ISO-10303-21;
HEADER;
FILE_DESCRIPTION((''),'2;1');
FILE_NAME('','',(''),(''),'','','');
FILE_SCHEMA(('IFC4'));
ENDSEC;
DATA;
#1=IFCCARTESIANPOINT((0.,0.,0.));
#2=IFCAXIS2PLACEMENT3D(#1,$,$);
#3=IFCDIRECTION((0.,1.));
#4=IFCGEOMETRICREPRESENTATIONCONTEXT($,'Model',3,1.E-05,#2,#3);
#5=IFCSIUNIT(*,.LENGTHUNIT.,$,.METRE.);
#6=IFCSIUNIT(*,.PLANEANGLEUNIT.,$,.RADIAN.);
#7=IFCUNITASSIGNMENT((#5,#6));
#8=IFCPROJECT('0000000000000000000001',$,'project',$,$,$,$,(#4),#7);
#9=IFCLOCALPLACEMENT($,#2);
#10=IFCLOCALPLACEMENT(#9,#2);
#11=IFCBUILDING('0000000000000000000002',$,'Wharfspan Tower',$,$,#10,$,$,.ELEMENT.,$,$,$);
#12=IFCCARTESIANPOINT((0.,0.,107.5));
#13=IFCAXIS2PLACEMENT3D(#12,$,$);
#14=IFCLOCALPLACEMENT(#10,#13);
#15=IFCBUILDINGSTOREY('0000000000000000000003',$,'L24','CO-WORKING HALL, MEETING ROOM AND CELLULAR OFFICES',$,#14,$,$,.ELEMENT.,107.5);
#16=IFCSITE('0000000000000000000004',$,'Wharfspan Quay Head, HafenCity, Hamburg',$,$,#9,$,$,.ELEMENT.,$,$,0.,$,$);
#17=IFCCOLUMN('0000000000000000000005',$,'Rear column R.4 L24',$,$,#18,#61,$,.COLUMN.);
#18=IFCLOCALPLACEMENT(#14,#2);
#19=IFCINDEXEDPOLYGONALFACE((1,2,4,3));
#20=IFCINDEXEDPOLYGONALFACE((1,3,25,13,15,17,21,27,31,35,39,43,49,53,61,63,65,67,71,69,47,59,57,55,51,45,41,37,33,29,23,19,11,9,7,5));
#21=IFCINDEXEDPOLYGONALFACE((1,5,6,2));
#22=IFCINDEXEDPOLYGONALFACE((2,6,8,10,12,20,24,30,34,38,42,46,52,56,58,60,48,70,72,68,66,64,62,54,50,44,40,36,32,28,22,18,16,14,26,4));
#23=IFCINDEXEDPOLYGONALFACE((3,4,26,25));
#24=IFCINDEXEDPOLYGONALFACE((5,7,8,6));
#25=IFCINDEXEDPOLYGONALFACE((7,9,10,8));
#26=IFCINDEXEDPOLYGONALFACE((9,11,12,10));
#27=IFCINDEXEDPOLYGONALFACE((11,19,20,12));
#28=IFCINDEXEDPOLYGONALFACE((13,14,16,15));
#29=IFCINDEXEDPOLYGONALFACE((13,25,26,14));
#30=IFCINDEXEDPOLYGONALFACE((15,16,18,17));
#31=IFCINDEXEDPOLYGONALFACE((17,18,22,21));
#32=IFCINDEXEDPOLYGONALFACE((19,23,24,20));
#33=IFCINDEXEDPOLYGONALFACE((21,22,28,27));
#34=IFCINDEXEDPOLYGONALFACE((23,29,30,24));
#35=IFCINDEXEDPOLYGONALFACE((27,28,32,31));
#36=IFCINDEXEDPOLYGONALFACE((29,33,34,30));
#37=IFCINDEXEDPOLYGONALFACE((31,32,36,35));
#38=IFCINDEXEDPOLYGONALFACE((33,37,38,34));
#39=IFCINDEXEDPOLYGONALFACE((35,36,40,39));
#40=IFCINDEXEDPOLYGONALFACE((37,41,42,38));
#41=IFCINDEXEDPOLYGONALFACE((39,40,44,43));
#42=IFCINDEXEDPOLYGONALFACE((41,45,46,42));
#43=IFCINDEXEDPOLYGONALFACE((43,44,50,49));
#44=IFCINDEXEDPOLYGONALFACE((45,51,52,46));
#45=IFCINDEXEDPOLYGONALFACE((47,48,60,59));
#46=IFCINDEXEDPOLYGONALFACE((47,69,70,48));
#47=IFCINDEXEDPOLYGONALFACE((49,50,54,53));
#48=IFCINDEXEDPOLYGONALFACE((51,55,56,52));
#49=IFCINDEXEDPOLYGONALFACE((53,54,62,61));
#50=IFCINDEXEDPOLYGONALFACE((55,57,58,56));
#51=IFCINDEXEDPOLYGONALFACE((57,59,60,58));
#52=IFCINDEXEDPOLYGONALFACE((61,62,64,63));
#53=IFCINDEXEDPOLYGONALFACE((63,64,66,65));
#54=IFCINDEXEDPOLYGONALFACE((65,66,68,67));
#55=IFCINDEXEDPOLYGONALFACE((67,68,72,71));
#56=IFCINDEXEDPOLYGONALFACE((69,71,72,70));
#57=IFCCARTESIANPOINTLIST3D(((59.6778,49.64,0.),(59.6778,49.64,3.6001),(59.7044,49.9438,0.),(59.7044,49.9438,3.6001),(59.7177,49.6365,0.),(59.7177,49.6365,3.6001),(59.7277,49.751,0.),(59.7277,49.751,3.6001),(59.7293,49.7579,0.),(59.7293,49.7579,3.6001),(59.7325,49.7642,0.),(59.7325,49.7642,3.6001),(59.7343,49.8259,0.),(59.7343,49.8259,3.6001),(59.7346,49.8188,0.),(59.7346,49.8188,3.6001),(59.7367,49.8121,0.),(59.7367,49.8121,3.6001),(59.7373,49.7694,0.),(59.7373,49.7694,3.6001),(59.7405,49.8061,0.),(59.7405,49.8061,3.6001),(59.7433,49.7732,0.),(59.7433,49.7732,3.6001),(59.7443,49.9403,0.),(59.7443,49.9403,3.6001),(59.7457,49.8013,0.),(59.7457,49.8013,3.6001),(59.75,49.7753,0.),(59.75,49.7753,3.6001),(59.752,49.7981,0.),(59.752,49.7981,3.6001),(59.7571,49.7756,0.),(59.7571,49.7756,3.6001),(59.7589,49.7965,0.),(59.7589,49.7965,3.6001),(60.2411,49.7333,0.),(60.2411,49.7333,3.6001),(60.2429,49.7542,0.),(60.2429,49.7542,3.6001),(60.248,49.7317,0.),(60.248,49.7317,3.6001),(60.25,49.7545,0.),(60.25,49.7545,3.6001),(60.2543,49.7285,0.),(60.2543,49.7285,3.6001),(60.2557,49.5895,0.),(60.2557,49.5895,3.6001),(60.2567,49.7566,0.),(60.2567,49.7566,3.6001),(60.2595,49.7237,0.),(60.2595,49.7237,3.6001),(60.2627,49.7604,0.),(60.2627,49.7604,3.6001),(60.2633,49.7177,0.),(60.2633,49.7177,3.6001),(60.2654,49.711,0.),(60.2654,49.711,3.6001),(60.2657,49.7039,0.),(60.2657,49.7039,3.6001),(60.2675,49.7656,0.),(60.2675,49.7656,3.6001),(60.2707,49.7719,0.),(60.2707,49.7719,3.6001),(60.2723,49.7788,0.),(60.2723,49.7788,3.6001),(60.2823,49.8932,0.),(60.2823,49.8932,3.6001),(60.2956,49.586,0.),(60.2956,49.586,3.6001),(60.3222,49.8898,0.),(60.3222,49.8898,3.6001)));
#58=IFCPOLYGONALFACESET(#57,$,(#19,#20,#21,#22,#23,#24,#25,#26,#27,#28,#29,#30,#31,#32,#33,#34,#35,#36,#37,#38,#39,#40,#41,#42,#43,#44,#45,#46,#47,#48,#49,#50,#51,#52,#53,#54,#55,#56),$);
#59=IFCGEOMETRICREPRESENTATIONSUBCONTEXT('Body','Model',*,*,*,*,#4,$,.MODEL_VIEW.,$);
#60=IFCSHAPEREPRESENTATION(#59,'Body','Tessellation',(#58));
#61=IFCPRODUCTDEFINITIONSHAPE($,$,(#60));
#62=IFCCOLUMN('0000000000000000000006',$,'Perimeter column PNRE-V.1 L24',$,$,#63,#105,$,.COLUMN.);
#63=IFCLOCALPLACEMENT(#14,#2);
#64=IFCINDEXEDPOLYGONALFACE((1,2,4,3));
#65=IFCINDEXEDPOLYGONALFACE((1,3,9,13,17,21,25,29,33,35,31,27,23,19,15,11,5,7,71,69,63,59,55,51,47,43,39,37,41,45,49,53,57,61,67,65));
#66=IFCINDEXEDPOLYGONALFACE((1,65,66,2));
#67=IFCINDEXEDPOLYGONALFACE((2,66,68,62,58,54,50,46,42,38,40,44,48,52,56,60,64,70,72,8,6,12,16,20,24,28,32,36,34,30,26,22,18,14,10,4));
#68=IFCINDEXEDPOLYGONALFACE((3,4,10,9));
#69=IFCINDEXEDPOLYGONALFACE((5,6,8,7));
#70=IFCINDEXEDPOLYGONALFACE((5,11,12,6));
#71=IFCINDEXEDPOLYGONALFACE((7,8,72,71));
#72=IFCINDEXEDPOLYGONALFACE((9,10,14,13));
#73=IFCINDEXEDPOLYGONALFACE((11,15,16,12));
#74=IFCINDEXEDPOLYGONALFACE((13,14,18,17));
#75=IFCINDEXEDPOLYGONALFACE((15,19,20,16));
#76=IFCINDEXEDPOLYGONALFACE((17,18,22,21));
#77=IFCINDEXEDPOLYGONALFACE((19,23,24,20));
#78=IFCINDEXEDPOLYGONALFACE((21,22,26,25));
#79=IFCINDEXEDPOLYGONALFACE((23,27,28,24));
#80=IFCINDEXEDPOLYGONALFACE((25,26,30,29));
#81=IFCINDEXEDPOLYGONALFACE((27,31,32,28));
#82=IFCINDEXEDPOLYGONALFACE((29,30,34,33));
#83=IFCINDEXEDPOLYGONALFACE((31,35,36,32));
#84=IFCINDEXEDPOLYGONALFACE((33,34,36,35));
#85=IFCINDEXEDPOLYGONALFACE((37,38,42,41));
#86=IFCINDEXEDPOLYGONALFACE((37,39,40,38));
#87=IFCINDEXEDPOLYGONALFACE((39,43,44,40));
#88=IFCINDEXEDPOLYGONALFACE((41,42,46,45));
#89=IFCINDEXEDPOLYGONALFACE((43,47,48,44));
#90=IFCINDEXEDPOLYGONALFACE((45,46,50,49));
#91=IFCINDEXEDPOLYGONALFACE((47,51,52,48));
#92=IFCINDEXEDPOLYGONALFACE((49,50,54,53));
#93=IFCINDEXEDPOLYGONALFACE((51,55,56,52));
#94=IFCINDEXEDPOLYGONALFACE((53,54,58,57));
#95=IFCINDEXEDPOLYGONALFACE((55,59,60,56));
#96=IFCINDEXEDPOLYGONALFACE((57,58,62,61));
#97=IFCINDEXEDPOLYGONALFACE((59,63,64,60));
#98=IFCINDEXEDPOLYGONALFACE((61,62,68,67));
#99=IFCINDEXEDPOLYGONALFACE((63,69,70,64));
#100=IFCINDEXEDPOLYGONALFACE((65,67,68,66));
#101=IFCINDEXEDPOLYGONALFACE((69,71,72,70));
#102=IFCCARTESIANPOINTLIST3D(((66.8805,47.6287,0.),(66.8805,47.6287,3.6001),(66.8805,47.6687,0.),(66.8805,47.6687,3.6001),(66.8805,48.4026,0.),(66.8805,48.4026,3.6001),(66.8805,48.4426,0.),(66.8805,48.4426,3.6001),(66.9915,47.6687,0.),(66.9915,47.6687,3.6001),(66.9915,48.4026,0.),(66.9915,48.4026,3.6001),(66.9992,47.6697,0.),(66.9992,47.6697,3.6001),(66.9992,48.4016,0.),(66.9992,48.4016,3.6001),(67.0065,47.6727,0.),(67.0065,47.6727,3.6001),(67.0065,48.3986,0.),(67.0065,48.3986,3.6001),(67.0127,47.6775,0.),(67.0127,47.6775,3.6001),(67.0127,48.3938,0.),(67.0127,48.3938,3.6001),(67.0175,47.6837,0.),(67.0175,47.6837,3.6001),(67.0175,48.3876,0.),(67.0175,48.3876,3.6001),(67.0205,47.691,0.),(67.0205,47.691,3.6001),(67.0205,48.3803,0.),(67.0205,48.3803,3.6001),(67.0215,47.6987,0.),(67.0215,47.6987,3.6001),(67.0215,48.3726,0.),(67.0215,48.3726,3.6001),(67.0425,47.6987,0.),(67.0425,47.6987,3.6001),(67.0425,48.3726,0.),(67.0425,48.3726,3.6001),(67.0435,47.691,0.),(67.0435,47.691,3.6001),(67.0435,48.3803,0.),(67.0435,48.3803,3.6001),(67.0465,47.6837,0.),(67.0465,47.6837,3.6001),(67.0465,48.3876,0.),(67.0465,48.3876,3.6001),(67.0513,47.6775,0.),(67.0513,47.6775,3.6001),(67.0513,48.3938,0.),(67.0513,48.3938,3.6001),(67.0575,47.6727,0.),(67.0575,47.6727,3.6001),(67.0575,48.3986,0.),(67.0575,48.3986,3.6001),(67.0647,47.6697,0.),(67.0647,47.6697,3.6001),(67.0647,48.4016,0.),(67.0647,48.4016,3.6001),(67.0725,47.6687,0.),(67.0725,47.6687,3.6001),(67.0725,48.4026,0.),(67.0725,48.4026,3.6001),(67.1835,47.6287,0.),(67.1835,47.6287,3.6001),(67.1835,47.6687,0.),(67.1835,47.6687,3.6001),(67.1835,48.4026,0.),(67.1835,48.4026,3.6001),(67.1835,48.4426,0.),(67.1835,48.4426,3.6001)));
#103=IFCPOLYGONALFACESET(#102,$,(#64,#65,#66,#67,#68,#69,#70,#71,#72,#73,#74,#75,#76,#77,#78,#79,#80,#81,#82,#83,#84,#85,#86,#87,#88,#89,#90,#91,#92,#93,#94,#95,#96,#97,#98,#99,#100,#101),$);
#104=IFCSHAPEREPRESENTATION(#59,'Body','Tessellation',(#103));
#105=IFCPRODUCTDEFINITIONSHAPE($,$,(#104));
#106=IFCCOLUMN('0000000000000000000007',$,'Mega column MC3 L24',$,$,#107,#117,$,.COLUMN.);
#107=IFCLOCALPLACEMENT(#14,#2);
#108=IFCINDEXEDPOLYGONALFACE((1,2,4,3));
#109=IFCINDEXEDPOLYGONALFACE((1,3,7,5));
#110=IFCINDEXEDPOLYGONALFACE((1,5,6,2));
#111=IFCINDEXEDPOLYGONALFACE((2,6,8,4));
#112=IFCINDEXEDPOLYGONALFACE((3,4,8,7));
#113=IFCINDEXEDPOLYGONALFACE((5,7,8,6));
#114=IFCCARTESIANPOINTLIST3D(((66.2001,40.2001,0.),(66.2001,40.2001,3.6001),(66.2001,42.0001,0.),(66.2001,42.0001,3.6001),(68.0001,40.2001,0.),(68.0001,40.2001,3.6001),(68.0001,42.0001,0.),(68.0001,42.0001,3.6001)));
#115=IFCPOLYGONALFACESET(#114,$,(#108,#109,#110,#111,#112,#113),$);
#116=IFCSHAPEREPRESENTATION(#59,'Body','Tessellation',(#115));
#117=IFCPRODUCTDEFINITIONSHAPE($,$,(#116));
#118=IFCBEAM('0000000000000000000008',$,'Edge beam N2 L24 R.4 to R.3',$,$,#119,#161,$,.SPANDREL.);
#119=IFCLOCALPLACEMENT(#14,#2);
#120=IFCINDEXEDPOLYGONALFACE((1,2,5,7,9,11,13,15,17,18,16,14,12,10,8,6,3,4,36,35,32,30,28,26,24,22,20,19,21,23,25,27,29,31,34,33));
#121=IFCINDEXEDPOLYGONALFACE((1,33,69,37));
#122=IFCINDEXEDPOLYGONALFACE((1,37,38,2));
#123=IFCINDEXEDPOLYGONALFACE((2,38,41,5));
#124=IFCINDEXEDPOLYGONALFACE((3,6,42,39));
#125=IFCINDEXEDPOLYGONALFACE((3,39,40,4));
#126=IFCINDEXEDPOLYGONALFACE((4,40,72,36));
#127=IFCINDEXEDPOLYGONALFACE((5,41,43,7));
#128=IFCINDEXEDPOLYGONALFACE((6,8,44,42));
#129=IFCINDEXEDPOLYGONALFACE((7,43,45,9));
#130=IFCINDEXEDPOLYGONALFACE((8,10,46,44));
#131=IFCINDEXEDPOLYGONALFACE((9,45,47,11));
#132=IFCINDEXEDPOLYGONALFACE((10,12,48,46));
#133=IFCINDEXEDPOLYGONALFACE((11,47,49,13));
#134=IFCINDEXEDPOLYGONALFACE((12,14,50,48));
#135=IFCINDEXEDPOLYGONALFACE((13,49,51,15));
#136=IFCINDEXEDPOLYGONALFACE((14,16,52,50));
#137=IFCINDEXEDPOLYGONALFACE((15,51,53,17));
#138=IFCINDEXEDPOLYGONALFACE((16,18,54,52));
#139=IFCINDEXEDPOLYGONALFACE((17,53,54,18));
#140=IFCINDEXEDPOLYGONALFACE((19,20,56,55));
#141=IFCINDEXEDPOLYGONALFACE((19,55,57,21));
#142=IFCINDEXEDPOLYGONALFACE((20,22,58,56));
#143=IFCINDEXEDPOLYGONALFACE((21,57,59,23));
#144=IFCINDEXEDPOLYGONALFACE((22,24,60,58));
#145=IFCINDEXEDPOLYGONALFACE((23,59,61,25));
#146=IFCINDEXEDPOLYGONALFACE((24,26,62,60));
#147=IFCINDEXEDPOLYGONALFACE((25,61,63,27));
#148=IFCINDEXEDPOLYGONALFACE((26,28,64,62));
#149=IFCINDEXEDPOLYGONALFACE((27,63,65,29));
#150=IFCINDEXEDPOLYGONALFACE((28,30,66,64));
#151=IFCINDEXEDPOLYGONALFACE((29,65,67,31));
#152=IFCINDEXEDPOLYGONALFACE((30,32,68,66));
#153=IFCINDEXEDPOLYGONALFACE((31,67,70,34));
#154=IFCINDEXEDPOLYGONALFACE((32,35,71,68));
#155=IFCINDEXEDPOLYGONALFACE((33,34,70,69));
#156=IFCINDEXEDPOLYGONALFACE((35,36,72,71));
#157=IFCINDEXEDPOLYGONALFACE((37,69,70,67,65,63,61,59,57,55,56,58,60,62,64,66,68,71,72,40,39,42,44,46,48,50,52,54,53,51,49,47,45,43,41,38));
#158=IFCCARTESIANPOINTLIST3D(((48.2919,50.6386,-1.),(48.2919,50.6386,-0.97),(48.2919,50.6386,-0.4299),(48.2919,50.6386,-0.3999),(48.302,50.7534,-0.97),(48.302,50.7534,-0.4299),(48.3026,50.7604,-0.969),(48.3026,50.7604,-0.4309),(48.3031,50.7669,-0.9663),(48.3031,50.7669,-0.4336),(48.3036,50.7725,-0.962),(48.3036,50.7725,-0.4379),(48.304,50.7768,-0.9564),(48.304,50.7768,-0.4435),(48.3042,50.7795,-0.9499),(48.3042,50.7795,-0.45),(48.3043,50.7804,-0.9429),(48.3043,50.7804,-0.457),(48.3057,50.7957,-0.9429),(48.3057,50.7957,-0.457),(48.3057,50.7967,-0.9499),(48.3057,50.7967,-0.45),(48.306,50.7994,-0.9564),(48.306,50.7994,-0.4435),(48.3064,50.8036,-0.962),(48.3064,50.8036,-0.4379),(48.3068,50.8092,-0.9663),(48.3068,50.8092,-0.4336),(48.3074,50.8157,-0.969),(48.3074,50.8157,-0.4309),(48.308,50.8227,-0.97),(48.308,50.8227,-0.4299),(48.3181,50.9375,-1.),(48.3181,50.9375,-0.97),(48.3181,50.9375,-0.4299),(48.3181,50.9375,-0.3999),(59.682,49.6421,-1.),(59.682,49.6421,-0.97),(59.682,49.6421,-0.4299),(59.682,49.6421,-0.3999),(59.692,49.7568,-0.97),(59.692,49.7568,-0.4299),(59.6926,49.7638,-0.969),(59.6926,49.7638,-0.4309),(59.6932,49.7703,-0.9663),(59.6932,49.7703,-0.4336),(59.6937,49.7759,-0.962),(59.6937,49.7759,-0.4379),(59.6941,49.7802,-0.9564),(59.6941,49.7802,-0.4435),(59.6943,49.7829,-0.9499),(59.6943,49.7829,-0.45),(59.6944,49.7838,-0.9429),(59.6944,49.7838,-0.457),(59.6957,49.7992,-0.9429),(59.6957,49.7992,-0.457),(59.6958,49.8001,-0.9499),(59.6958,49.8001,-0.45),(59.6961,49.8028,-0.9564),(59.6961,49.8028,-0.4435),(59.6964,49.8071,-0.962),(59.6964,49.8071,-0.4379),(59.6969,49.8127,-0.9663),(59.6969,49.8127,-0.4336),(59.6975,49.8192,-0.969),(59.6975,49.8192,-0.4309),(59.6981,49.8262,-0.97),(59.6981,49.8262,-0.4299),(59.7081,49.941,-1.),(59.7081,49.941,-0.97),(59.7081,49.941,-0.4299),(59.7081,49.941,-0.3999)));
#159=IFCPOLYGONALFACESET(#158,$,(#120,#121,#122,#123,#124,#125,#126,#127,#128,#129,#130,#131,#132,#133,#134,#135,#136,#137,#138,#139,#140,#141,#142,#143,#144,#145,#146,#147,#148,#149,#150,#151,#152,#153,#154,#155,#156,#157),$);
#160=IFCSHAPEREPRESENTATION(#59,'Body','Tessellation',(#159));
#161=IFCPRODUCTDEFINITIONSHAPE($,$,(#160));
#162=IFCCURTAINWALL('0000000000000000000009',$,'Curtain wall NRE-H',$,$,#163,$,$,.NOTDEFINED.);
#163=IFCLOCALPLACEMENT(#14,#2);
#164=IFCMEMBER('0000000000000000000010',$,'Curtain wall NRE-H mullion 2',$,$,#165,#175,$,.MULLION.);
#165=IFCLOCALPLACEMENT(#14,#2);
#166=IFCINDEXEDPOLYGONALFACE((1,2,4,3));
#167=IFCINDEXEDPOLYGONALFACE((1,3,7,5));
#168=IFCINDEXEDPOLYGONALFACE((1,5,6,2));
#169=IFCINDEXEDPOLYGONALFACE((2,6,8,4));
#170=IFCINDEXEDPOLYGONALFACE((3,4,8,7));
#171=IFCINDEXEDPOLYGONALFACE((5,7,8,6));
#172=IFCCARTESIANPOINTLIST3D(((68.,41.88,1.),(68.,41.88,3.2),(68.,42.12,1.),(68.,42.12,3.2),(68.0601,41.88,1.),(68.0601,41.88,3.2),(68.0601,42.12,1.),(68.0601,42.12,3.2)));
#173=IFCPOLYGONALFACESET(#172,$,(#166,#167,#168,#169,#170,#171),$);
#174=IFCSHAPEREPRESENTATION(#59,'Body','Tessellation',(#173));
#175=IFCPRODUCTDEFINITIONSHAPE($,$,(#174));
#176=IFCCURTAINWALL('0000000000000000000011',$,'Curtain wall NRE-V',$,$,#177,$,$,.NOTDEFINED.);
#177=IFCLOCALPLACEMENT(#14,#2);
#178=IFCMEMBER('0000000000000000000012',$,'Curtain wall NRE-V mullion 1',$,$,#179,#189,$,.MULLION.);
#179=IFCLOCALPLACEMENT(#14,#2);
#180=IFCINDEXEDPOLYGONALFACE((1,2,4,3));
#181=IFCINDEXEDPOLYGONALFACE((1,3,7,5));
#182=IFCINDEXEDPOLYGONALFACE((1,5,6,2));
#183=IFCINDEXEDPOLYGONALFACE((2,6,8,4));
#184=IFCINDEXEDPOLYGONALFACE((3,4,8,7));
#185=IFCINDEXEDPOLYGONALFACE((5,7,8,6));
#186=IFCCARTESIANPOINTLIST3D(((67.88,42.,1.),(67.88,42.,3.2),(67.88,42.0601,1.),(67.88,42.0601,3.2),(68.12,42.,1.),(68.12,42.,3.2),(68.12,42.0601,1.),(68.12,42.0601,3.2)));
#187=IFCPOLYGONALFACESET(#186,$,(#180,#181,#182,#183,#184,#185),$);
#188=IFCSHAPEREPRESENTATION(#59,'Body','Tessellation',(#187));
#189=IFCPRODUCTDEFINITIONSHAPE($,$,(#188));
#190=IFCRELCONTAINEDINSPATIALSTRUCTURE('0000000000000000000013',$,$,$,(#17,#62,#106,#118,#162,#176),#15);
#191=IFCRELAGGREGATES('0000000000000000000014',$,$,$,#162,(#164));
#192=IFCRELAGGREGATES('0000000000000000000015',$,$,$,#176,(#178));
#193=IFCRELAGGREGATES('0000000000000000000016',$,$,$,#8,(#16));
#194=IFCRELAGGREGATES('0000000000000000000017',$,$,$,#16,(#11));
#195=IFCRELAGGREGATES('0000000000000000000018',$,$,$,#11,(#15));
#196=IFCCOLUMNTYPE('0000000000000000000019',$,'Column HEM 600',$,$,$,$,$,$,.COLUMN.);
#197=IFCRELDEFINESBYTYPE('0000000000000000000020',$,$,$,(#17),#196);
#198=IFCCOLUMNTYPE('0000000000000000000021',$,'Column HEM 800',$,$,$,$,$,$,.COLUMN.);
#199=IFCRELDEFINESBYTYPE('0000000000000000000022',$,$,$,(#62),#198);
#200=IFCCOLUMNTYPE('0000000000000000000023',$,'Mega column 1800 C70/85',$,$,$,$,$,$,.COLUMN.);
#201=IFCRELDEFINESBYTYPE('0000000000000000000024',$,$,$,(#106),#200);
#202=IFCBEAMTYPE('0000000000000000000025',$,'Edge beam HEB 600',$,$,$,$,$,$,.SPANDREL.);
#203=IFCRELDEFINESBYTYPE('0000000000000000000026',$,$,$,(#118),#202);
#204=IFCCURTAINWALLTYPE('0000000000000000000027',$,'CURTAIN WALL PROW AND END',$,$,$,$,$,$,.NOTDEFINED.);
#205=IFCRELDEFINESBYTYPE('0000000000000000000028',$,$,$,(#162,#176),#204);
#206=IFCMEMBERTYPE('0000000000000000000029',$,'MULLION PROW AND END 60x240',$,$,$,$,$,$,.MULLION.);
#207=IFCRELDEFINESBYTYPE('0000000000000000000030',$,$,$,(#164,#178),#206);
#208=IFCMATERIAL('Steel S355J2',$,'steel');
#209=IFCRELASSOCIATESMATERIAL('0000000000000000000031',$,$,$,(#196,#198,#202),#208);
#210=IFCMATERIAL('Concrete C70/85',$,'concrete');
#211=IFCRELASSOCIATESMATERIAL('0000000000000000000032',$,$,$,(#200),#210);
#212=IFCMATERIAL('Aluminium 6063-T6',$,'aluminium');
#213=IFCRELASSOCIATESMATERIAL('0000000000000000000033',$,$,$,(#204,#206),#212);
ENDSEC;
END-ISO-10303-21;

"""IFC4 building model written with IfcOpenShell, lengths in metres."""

from ifc_helpers import new_model, si_unit, direction, frame, origin, origin_2d, place, context, subcontext, project, spatial, rectangle, i_section, extrude, material, material_profile, profile_set, type_object, element, aggregate, save


model = new_model("IFC4")

# Units and contexts
model_context = context("Model", 3, precision=1e-05, world=origin(), true_north=direction((0.0, 1.0)))
body_context = subcontext(model_context, "Body", "Model", "MODEL_VIEW")
ifc_project = project(units=[si_unit("LENGTHUNIT", "METRE"), si_unit("PLANEANGLEUNIT", "RADIAN")], contexts=[model_context])

# Site, building, storey
site_placement = place(None, origin())
site = spatial("IfcSite", under=ifc_project, at=site_placement, Name="Wharfspan Quay Head, HafenCity, Hamburg", CompositionType="ELEMENT", RefElevation=0.0)
building_placement = place(site_placement, origin())
building = spatial("IfcBuilding", under=site, at=building_placement, Name="Wharfspan Tower", CompositionType="ELEMENT")
storey_placement = place(building_placement, frame((0.0, 0.0, 107.5)))
storey = spatial("IfcBuildingStorey", under=building, at=storey_placement, Name="L24", Description="CO-WORKING HALL, MEETING ROOM AND CELLULAR OFFICES", CompositionType="ELEMENT", Elevation=107.5)

# Columns
ifc_material_1 = material(Name="Steel S355J2", Category="steel")
ifc_material_profile_1 = material_profile(ifc_material_1, i_section(OverallWidth=0.3049, OverallDepth=0.6201, WebThickness=0.021, FlangeThickness=0.04, FilletRadius=0.0271, at=origin_2d()))
ifc_profile_set_1 = profile_set([ifc_material_profile_1], Name="Steel S355J2")
column_type_1 = type_object("IfcColumnType", Name="Column HEM 600", PredefinedType="COLUMN", material=ifc_profile_set_1)
column_1_placement = place(storey_placement, frame((60.0, 49.7649, 0.0), z_axis=(0.0, 0.0, 1.0), x_axis=(0.087156, 0.996198, 0.0)))
element("IfcColumn", 1, at=column_1_placement, inside=storey, type_object=column_type_1, Name="Rear column R.4 L24", PredefinedType="COLUMN", context=body_context, shape_type="SweptSolid", body=[
    extrude(i_section(OverallWidth=0.3049, OverallDepth=0.6201, WebThickness=0.021, FlangeThickness=0.04, FilletRadius=0.0271, at=origin_2d()), origin(), (0.0, 0.0, 1.0), 3.6001),
])
ifc_material_profile_2 = material_profile(ifc_material_1, i_section(OverallWidth=0.303, OverallDepth=0.814, WebThickness=0.021, FlangeThickness=0.04, FilletRadius=0.03, at=origin_2d()))
ifc_profile_set_2 = profile_set([ifc_material_profile_2], Name="Steel S355J2")
column_type_2 = type_object("IfcColumnType", Name="Column HEM 800", PredefinedType="COLUMN", material=ifc_profile_set_2)
column_2_placement = place(storey_placement, frame((67.032, 48.0356, 0.0), z_axis=(0.0, 0.0, 1.0), x_axis=(1.0, 0.0, 0.0)))
element("IfcColumn", 2, at=column_2_placement, inside=storey, type_object=column_type_2, Name="Perimeter column PNRE-V.1 L24", PredefinedType="COLUMN", context=body_context, shape_type="SweptSolid", body=[
    extrude(i_section(OverallWidth=0.303, OverallDepth=0.814, WebThickness=0.021, FlangeThickness=0.04, FilletRadius=0.03, at=origin_2d()), origin(), (0.0, 0.0, 1.0), 3.6001),
])
ifc_material_2 = material(Name="Concrete C70/85", Category="concrete")
ifc_material_profile_3 = material_profile(ifc_material_2, rectangle(XDim=1.8, YDim=1.8, at=origin_2d()))
ifc_profile_set_3 = profile_set([ifc_material_profile_3], Name="Concrete C70/85")
column_type_3 = type_object("IfcColumnType", Name="Mega column 1800 C70/85", PredefinedType="COLUMN", material=ifc_profile_set_3)
column_3_placement = place(storey_placement, frame((67.1001, 41.1001, 0.0), z_axis=(0.0, 0.0, 1.0), x_axis=(1.0, 0.0, 0.0)))
element("IfcColumn", 3, at=column_3_placement, inside=storey, type_object=column_type_3, Name="Mega column MC3 L24", PredefinedType="COLUMN", context=body_context, shape_type="SweptSolid", body=[
    extrude(rectangle(XDim=1.8, YDim=1.8, at=origin_2d()), origin(), (0.0, 0.0, 1.0), 3.6001),
])

# Beam
ifc_material_profile_4 = material_profile(ifc_material_1, i_section(OverallWidth=0.3, OverallDepth=0.6001, WebThickness=0.0154, FlangeThickness=0.03, FilletRadius=0.0271, at=origin_2d()))
ifc_profile_set_4 = profile_set([ifc_material_profile_4], Name="Steel S355J2")
beam_type = type_object("IfcBeamType", Name="Edge beam HEB 600", PredefinedType="SPANDREL", material=ifc_profile_set_4)
beam_placement = place(storey_placement, frame((59.6951, 49.7915, -0.7), z_axis=(-0.996194, 0.087162, 0.0), x_axis=(-0.087162, -0.996194, 0.0)))
element("IfcBeam", 4, at=beam_placement, inside=storey, type_object=beam_type, Name="Edge beam N2 L24 R.4 to R.3", PredefinedType="SPANDREL", context=body_context, shape_type="SweptSolid", body=[
    extrude(i_section(OverallWidth=0.3, OverallDepth=0.6001, WebThickness=0.0154, FlangeThickness=0.03, FilletRadius=0.0271, at=origin_2d()), origin(), (0.0, 0.0, 1.0), 11.4336),
])

# Curtain wall, member
ifc_material_3 = material(Name="Aluminium 6063-T6", Category="aluminium")
curtain_wall_type = type_object("IfcCurtainWallType", Name="CURTAIN WALL PROW AND END", PredefinedType="NOTDEFINED", material=ifc_material_3)
curtain_wall_1_placement = place(storey_placement, origin())
curtain_wall_1 = element("IfcCurtainWall", 5, at=curtain_wall_1_placement, inside=storey, type_object=curtain_wall_type, Name="Curtain wall NRE-H", PredefinedType="NOTDEFINED")
ifc_material_profile_5 = material_profile(ifc_material_3, rectangle(XDim=0.24, YDim=0.0601, at=origin_2d()))
ifc_profile_set_5 = profile_set([ifc_material_profile_5], Name="Aluminium 6063-T6")
member_type_1 = type_object("IfcMemberType", Name="MULLION PROW AND END 60x240", PredefinedType="MULLION", material=ifc_profile_set_5)
member_1_placement = place(storey_placement, frame((68.03, 42.0, 1.0), z_axis=(0.0, 0.0, 1.0), x_axis=(0.0, -1.0, 0.0)))
member_1 = element("IfcMember", 6, at=member_1_placement, type_object=member_type_1, Name="Curtain wall NRE-H mullion 2", PredefinedType="MULLION", context=body_context, shape_type="SweptSolid", body=[
    extrude(rectangle(XDim=0.24, YDim=0.0601, at=origin_2d()), origin(), (0.0, 0.0, 1.0), 2.2),
])
aggregate(curtain_wall_1, [member_1])

# Curtain wall, member
curtain_wall_2_placement = place(storey_placement, origin())
curtain_wall_2 = element("IfcCurtainWall", 7, at=curtain_wall_2_placement, inside=storey, type_object=curtain_wall_type, Name="Curtain wall NRE-V", PredefinedType="NOTDEFINED")
member_2_placement = place(storey_placement, frame((68.0, 42.03, 1.0), z_axis=(0.0, 0.0, 1.0), x_axis=(-1.0, 0.0, 0.0)))
member_2 = element("IfcMember", 8, at=member_2_placement, type_object=member_type_1, Name="Curtain wall NRE-V mullion 1", PredefinedType="MULLION", context=body_context, shape_type="SweptSolid", body=[
    extrude(rectangle(XDim=0.24, YDim=0.0601, at=origin_2d()), origin(), (0.0, 0.0, 1.0), 2.2),
])
aggregate(curtain_wall_2, [member_2])

save(model, "model.ifc")
